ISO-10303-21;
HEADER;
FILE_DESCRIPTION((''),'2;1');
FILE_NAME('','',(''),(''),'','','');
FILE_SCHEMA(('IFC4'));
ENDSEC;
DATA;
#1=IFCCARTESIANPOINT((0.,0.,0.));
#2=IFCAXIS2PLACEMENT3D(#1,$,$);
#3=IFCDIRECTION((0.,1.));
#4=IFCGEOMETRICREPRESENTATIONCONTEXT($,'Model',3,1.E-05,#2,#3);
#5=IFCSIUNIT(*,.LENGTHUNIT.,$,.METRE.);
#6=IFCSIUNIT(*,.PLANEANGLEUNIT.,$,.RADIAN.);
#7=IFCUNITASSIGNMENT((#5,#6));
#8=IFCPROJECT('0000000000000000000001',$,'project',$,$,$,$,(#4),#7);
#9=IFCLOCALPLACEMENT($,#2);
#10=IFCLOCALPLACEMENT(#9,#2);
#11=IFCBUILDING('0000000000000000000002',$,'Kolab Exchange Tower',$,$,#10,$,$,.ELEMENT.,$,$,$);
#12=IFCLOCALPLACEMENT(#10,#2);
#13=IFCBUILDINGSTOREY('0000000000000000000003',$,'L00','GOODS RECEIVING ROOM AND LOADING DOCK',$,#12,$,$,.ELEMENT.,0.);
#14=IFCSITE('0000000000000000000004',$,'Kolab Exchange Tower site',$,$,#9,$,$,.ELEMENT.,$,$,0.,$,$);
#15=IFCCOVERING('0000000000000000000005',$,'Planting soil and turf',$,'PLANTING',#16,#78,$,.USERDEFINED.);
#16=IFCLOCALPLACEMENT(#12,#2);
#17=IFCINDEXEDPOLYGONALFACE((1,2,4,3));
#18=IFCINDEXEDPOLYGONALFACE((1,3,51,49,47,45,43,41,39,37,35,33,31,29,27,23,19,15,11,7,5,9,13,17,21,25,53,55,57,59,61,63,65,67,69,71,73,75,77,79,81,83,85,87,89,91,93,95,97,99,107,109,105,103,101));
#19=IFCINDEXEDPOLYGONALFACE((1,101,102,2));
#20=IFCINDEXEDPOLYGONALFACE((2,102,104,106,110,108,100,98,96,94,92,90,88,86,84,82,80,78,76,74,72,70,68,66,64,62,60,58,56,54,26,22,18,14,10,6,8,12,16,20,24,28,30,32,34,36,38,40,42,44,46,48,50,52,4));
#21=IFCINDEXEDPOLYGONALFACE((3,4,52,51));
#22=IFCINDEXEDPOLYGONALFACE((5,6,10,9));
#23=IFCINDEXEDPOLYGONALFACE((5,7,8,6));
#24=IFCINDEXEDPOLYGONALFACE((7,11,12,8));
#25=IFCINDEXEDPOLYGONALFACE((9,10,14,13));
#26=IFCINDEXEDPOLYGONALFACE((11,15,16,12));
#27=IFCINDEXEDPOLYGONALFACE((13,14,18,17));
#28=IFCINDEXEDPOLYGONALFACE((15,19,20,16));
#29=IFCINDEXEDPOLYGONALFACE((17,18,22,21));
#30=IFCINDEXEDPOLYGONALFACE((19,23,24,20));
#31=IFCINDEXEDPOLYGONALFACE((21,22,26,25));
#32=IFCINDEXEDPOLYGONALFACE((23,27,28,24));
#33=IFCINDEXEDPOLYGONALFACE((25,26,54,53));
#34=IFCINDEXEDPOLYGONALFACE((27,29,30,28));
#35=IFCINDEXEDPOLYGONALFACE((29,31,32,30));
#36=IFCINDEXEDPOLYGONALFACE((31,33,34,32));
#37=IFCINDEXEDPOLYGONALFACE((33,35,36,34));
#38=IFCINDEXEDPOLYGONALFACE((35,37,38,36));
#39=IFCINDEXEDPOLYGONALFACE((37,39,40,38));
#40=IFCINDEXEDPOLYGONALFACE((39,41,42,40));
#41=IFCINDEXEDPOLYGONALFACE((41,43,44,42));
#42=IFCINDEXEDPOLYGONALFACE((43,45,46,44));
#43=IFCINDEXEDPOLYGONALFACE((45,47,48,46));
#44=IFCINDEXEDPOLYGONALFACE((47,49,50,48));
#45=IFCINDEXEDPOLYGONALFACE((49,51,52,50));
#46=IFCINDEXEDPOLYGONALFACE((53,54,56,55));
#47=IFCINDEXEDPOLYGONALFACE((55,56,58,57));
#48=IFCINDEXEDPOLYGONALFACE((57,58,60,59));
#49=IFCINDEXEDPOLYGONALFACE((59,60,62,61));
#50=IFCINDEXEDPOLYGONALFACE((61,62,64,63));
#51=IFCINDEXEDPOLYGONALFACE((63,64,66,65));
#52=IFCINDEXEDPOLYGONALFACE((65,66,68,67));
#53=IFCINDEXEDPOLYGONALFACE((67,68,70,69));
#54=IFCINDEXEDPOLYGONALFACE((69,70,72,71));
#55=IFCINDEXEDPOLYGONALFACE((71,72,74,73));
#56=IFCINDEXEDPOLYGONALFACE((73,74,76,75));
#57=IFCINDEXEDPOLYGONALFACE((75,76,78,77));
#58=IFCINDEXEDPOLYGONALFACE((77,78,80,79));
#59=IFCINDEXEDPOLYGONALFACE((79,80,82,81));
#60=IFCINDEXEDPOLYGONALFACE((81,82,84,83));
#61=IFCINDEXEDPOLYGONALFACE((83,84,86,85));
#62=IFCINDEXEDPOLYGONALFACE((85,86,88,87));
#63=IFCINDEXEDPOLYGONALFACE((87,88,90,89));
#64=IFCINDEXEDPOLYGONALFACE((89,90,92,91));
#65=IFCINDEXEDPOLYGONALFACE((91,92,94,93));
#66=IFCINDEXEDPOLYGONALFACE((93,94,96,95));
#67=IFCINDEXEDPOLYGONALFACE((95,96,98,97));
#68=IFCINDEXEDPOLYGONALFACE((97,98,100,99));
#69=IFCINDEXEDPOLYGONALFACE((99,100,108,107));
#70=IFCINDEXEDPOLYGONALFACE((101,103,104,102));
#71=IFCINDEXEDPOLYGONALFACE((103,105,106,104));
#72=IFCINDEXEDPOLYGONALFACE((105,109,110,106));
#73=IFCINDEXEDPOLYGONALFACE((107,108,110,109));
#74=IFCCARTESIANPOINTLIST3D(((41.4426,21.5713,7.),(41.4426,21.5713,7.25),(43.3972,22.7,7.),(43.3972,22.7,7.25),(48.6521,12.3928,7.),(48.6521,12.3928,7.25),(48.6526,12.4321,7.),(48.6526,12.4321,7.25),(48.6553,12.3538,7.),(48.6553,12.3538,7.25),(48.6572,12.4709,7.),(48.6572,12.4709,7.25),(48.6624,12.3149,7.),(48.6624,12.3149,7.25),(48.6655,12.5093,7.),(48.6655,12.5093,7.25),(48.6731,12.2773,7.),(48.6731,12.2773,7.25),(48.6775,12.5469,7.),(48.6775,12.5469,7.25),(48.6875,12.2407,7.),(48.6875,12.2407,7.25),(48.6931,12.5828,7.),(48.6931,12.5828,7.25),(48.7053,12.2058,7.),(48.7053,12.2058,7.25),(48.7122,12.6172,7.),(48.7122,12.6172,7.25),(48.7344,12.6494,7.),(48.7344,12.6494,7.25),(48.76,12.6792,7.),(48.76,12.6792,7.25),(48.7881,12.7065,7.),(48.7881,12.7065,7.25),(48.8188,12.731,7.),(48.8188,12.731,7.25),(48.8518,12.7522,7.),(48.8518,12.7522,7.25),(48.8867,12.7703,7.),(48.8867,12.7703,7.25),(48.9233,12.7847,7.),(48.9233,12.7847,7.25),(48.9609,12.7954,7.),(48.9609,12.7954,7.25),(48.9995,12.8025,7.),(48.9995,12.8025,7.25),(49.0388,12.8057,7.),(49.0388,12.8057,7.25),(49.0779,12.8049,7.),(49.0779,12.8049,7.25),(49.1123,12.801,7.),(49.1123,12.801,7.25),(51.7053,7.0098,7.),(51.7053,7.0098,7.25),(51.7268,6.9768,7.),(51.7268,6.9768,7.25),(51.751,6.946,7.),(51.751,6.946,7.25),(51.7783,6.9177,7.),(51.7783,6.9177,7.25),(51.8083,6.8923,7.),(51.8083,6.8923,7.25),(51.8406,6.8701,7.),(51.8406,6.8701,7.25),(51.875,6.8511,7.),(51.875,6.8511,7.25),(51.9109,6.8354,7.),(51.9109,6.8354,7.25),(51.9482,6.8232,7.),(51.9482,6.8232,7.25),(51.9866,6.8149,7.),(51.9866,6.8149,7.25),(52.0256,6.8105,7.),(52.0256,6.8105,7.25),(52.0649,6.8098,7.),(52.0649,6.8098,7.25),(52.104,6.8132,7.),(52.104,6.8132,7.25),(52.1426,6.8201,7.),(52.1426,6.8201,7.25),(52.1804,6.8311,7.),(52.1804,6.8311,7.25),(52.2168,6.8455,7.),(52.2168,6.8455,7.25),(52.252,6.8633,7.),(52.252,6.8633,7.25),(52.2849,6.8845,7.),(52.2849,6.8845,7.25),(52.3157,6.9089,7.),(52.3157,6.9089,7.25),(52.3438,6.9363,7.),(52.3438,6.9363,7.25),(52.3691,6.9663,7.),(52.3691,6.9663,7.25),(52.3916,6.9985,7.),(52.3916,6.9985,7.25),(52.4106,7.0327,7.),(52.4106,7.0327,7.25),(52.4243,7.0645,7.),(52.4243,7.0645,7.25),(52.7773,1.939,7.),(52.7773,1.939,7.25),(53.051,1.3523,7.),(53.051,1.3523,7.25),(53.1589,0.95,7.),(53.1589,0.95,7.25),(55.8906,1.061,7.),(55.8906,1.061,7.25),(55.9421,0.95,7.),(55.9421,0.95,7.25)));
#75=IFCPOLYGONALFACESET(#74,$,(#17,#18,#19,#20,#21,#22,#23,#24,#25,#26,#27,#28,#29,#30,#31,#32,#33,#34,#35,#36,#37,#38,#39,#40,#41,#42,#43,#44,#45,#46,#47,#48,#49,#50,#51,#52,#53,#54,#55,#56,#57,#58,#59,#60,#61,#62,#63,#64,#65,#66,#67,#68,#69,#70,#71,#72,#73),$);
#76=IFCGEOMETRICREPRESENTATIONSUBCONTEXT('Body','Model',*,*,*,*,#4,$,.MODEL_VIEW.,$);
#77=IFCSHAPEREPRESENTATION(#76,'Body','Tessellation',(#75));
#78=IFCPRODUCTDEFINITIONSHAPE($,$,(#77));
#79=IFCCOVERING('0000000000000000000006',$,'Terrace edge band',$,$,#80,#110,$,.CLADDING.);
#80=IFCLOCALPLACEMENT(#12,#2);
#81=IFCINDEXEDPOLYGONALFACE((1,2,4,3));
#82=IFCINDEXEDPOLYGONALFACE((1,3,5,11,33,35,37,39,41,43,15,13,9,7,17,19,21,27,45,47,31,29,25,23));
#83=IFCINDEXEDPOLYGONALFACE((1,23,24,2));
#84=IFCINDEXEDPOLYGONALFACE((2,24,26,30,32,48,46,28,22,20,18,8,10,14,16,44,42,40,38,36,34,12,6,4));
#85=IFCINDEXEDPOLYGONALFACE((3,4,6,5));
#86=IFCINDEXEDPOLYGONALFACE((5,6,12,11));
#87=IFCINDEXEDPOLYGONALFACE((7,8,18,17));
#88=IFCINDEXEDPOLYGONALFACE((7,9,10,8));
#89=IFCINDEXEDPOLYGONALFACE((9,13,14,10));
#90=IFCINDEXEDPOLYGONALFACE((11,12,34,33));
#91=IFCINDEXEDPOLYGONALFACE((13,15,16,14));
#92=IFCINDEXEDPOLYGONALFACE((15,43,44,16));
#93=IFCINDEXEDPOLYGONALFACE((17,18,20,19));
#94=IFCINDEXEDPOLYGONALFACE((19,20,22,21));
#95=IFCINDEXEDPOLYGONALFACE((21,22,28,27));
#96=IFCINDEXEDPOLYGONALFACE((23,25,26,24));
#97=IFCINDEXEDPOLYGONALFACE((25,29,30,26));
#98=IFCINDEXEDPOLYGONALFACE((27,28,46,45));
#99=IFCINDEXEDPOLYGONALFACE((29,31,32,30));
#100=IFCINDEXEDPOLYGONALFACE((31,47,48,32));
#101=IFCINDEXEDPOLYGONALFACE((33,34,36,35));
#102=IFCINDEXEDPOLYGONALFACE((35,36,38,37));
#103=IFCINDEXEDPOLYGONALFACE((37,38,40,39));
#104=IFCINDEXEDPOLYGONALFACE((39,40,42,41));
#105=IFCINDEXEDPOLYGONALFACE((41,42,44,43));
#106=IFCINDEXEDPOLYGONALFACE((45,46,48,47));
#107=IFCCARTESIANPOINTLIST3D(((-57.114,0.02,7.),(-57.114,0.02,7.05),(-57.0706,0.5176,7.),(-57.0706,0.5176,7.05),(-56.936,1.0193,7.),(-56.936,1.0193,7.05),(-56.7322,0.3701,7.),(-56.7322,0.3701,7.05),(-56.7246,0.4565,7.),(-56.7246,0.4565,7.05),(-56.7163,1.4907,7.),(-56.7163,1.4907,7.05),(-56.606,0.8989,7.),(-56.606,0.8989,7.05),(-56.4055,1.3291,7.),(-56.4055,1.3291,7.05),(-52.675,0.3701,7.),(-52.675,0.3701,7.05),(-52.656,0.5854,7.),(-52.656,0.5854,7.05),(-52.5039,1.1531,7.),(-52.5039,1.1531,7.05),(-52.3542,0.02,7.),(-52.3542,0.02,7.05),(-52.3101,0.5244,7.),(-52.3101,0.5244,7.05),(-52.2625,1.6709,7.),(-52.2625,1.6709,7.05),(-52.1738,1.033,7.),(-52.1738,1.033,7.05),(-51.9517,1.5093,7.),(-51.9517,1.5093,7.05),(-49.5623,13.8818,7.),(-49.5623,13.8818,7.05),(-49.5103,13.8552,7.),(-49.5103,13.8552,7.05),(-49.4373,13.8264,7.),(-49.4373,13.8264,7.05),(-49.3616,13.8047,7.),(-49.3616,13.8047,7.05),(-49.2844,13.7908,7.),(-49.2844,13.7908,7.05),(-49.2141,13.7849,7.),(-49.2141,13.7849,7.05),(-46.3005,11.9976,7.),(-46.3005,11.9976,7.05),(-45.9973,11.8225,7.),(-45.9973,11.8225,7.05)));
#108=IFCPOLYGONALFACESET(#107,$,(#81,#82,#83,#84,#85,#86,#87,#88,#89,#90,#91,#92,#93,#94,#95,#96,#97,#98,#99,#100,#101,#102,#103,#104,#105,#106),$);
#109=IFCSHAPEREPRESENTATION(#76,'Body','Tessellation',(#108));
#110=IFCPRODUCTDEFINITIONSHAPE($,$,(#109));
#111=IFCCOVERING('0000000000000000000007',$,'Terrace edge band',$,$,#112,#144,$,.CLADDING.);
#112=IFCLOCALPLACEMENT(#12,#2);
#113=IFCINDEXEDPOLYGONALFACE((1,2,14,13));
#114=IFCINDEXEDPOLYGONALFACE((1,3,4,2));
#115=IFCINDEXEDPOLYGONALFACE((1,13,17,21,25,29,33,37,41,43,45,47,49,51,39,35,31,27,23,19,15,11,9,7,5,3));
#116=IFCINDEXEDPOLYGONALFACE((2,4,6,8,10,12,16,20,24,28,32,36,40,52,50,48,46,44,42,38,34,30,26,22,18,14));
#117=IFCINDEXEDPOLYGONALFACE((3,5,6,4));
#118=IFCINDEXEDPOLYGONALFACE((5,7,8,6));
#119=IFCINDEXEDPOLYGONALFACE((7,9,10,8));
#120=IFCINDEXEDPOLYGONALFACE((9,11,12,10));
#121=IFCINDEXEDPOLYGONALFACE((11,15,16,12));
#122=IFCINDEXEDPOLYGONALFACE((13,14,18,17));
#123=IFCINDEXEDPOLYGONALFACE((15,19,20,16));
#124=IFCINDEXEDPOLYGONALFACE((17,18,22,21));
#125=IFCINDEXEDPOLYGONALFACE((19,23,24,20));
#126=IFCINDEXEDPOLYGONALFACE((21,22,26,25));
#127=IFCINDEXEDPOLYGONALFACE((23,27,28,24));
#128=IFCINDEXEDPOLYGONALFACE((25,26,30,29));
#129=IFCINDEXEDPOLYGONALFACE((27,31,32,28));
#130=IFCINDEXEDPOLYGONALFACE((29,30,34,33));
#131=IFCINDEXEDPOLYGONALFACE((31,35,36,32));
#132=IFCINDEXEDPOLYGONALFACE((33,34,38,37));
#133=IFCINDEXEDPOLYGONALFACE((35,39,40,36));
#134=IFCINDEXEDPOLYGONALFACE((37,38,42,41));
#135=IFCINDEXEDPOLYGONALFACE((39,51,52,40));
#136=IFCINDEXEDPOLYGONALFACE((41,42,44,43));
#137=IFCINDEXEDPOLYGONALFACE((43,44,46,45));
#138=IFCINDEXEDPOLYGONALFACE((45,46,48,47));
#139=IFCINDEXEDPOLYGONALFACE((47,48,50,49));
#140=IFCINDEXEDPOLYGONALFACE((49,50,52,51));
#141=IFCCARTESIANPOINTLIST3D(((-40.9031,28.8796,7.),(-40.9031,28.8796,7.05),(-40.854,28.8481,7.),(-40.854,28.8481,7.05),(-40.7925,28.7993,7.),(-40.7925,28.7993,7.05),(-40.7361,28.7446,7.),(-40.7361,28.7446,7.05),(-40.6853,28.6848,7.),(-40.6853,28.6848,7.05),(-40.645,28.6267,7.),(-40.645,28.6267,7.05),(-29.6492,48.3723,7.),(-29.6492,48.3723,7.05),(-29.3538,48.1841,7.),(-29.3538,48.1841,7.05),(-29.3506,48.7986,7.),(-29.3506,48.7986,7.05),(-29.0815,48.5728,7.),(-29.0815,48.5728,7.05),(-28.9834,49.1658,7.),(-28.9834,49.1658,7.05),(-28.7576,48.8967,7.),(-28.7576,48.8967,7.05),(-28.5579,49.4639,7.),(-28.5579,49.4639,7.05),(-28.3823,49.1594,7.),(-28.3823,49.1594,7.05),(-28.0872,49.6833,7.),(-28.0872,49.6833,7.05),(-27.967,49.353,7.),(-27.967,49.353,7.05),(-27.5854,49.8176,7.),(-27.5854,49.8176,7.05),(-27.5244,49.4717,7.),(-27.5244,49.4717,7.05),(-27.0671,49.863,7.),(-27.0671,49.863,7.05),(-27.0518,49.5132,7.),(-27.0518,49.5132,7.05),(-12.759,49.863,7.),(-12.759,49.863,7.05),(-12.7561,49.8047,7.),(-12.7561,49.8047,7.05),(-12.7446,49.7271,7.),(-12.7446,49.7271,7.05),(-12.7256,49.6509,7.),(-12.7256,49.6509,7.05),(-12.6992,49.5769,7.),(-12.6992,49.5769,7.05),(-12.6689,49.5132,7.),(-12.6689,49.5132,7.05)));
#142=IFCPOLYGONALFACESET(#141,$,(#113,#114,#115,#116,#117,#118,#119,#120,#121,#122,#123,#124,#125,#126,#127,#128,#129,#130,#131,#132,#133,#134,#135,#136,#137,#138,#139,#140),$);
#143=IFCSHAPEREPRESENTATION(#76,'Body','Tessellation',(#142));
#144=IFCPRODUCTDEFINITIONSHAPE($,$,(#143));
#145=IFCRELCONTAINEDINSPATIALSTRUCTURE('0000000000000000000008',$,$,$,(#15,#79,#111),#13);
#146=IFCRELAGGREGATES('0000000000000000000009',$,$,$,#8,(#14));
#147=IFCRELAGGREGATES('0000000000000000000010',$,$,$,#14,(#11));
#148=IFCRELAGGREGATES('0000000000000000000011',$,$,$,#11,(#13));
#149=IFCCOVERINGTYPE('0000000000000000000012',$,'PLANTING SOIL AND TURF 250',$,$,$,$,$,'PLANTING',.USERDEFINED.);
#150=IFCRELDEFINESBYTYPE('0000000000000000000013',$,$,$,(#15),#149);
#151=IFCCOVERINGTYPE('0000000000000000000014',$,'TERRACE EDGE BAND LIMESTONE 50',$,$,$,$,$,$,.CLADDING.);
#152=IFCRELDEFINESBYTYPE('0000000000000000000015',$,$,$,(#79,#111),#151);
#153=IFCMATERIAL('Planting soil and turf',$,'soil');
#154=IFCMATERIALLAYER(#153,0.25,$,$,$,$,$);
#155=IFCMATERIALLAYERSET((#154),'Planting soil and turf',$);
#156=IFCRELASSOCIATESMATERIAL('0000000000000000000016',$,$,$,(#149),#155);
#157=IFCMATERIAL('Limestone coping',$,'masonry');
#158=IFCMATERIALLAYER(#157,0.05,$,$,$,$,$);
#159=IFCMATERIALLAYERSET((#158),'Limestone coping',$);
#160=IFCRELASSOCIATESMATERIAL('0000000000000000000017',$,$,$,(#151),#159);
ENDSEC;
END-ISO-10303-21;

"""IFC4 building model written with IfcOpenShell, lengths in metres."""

from ifc_helpers import new_model, si_unit, direction, frame, origin, place, context, subcontext, project, spatial, polyline, outline, extrude, material, layer, layer_set, type_object, element, save


model = new_model("IFC4")

# Units and contexts
model_context = context("Model", 3, precision=1e-05, world=origin(), true_north=direction((0.0, 1.0)))
body_context = subcontext(model_context, "Body", "Model", "MODEL_VIEW")
ifc_project = project(units=[si_unit("LENGTHUNIT", "METRE"), si_unit("PLANEANGLEUNIT", "RADIAN")], contexts=[model_context])

# Site, building, storey
site_placement = place(None, origin())
site = spatial("IfcSite", under=ifc_project, at=site_placement, Name="Kolab Exchange Tower site", CompositionType="ELEMENT", RefElevation=0.0)
building_placement = place(site_placement, origin())
building = spatial("IfcBuilding", under=site, at=building_placement, Name="Kolab Exchange Tower", CompositionType="ELEMENT")
storey_placement = place(building_placement, origin())
storey = spatial("IfcBuildingStorey", under=building, at=storey_placement, Name="L00", Description="GOODS RECEIVING ROOM AND LOADING DOCK", CompositionType="ELEMENT", Elevation=0.0)

# Coverings
ifc_material_1 = material(Name="Planting soil and turf", Category="soil")
ifc_layer_1 = layer(ifc_material_1, 0.25)
ifc_layer_set_1 = layer_set([ifc_layer_1], Name="Planting soil and turf")
covering_type_1 = type_object("IfcCoveringType", Name="PLANTING SOIL AND TURF 250", ElementType="PLANTING", PredefinedType="USERDEFINED", material=ifc_layer_set_1)
covering_1_placement = place(storey_placement, frame((0.0, 0.0, 7.0)))
element("IfcCovering", 1, at=covering_1_placement, inside=storey, type_object=covering_type_1, Name="Planting soil and turf", ObjectType="PLANTING", PredefinedType="USERDEFINED", context=body_context, shape_type="SweptSolid", body=[
    extrude(outline(polyline([(49.1123, 12.801), (49.0779, 12.8049), (49.0388, 12.8057), (48.9995, 12.8025), (48.9609, 12.7954), (48.9233, 12.7847), (48.8867, 12.7703), (48.8518, 12.7522), (48.8188, 12.731), (48.7881, 12.7065), (48.76, 12.6792), (48.7344, 12.6494), (48.7122, 12.6172), (48.6931, 12.5828), (48.6775, 12.5469), (48.6655, 12.5093), (48.6572, 12.4709), (48.6526, 12.4321), (48.6521, 12.3928), (48.6553, 12.3538), (48.6624, 12.3149), (48.6731, 12.2773), (48.6875, 12.2407), (48.7053, 12.2058), (51.7053, 7.0098), (51.7268, 6.9768), (51.751, 6.946), (51.7783, 6.9177), (51.8083, 6.8923), (51.8406, 6.8701), (51.875, 6.8511), (51.9109, 6.8354), (51.9482, 6.8232), (51.9866, 6.8149), (52.0256, 6.8105), (52.0649, 6.8098), (52.104, 6.8132), (52.1426, 6.8201), (52.1804, 6.8311), (52.2168, 6.8455), (52.252, 6.8633), (52.2849, 6.8845), (52.3157, 6.9089), (52.3438, 6.9363), (52.3691, 6.9663), (52.3916, 6.9985), (52.4106, 7.0327), (52.4243, 7.0645), (55.8906, 1.061), (55.9421, 0.95), (53.1589, 0.95), (53.051, 1.3523), (52.7773, 1.939), (41.4426, 21.5713), (43.3972, 22.7), (49.1123, 12.801)])), origin(), (0.0, 0.0, 1.0), 0.25),
])
ifc_material_2 = material(Name="Limestone coping", Category="masonry")
ifc_layer_2 = layer(ifc_material_2, 0.05)
ifc_layer_set_2 = layer_set([ifc_layer_2], Name="Limestone coping")
covering_type_2 = type_object("IfcCoveringType", Name="TERRACE EDGE BAND LIMESTONE 50", PredefinedType="CLADDING", material=ifc_layer_set_2)
covering_2_placement = place(storey_placement, frame((0.0, 0.0, 7.0)))
element("IfcCovering", 2, at=covering_2_placement, inside=storey, type_object=covering_type_2, Name="Terrace edge band", PredefinedType="CLADDING", context=body_context, shape_type="SweptSolid", body=[
    extrude(outline(polyline([(-56.936, 1.0193), (-56.7163, 1.4907), (-49.5623, 13.8818), (-49.5103, 13.8552), (-49.4373, 13.8264), (-49.3616, 13.8047), (-49.2844, 13.7908), (-49.2141, 13.7849), (-56.4055, 1.3291), (-56.606, 0.8989), (-56.7246, 0.4565), (-56.7322, 0.3701), (-52.675, 0.3701), (-52.656, 0.5854), (-52.5039, 1.1531), (-52.2625, 1.6709), (-46.3005, 11.9976), (-45.9973, 11.8225), (-51.9517, 1.5093), (-52.1738, 1.033), (-52.3101, 0.5244), (-52.3542, 0.02), (-57.114, 0.02), (-57.0706, 0.5176), (-56.936, 1.0193)])), origin(), (0.0, 0.0, 1.0), 0.05),
])
covering_3_placement = place(storey_placement, frame((0.0, 0.0, 7.0)))
element("IfcCovering", 3, at=covering_3_placement, inside=storey, type_object=covering_type_2, Name="Terrace edge band", PredefinedType="CLADDING", context=body_context, shape_type="SweptSolid", body=[
    extrude(outline(polyline([(-29.6492, 48.3723), (-29.3506, 48.7986), (-28.9834, 49.1658), (-28.5579, 49.4639), (-28.0872, 49.6833), (-27.5854, 49.8176), (-27.0671, 49.863), (-12.759, 49.863), (-12.7561, 49.8047), (-12.7446, 49.7271), (-12.7256, 49.6509), (-12.6992, 49.5769), (-12.6689, 49.5132), (-27.0518, 49.5132), (-27.5244, 49.4717), (-27.967, 49.353), (-28.3823, 49.1594), (-28.7576, 48.8967), (-29.0815, 48.5728), (-29.3538, 48.1841), (-40.645, 28.6267), (-40.6853, 28.6848), (-40.7361, 28.7446), (-40.7925, 28.7993), (-40.854, 28.8481), (-40.9031, 28.8796), (-29.6492, 48.3723)])), origin(), (0.0, 0.0, 1.0), 0.05),
])

save(model, "model.ifc")
